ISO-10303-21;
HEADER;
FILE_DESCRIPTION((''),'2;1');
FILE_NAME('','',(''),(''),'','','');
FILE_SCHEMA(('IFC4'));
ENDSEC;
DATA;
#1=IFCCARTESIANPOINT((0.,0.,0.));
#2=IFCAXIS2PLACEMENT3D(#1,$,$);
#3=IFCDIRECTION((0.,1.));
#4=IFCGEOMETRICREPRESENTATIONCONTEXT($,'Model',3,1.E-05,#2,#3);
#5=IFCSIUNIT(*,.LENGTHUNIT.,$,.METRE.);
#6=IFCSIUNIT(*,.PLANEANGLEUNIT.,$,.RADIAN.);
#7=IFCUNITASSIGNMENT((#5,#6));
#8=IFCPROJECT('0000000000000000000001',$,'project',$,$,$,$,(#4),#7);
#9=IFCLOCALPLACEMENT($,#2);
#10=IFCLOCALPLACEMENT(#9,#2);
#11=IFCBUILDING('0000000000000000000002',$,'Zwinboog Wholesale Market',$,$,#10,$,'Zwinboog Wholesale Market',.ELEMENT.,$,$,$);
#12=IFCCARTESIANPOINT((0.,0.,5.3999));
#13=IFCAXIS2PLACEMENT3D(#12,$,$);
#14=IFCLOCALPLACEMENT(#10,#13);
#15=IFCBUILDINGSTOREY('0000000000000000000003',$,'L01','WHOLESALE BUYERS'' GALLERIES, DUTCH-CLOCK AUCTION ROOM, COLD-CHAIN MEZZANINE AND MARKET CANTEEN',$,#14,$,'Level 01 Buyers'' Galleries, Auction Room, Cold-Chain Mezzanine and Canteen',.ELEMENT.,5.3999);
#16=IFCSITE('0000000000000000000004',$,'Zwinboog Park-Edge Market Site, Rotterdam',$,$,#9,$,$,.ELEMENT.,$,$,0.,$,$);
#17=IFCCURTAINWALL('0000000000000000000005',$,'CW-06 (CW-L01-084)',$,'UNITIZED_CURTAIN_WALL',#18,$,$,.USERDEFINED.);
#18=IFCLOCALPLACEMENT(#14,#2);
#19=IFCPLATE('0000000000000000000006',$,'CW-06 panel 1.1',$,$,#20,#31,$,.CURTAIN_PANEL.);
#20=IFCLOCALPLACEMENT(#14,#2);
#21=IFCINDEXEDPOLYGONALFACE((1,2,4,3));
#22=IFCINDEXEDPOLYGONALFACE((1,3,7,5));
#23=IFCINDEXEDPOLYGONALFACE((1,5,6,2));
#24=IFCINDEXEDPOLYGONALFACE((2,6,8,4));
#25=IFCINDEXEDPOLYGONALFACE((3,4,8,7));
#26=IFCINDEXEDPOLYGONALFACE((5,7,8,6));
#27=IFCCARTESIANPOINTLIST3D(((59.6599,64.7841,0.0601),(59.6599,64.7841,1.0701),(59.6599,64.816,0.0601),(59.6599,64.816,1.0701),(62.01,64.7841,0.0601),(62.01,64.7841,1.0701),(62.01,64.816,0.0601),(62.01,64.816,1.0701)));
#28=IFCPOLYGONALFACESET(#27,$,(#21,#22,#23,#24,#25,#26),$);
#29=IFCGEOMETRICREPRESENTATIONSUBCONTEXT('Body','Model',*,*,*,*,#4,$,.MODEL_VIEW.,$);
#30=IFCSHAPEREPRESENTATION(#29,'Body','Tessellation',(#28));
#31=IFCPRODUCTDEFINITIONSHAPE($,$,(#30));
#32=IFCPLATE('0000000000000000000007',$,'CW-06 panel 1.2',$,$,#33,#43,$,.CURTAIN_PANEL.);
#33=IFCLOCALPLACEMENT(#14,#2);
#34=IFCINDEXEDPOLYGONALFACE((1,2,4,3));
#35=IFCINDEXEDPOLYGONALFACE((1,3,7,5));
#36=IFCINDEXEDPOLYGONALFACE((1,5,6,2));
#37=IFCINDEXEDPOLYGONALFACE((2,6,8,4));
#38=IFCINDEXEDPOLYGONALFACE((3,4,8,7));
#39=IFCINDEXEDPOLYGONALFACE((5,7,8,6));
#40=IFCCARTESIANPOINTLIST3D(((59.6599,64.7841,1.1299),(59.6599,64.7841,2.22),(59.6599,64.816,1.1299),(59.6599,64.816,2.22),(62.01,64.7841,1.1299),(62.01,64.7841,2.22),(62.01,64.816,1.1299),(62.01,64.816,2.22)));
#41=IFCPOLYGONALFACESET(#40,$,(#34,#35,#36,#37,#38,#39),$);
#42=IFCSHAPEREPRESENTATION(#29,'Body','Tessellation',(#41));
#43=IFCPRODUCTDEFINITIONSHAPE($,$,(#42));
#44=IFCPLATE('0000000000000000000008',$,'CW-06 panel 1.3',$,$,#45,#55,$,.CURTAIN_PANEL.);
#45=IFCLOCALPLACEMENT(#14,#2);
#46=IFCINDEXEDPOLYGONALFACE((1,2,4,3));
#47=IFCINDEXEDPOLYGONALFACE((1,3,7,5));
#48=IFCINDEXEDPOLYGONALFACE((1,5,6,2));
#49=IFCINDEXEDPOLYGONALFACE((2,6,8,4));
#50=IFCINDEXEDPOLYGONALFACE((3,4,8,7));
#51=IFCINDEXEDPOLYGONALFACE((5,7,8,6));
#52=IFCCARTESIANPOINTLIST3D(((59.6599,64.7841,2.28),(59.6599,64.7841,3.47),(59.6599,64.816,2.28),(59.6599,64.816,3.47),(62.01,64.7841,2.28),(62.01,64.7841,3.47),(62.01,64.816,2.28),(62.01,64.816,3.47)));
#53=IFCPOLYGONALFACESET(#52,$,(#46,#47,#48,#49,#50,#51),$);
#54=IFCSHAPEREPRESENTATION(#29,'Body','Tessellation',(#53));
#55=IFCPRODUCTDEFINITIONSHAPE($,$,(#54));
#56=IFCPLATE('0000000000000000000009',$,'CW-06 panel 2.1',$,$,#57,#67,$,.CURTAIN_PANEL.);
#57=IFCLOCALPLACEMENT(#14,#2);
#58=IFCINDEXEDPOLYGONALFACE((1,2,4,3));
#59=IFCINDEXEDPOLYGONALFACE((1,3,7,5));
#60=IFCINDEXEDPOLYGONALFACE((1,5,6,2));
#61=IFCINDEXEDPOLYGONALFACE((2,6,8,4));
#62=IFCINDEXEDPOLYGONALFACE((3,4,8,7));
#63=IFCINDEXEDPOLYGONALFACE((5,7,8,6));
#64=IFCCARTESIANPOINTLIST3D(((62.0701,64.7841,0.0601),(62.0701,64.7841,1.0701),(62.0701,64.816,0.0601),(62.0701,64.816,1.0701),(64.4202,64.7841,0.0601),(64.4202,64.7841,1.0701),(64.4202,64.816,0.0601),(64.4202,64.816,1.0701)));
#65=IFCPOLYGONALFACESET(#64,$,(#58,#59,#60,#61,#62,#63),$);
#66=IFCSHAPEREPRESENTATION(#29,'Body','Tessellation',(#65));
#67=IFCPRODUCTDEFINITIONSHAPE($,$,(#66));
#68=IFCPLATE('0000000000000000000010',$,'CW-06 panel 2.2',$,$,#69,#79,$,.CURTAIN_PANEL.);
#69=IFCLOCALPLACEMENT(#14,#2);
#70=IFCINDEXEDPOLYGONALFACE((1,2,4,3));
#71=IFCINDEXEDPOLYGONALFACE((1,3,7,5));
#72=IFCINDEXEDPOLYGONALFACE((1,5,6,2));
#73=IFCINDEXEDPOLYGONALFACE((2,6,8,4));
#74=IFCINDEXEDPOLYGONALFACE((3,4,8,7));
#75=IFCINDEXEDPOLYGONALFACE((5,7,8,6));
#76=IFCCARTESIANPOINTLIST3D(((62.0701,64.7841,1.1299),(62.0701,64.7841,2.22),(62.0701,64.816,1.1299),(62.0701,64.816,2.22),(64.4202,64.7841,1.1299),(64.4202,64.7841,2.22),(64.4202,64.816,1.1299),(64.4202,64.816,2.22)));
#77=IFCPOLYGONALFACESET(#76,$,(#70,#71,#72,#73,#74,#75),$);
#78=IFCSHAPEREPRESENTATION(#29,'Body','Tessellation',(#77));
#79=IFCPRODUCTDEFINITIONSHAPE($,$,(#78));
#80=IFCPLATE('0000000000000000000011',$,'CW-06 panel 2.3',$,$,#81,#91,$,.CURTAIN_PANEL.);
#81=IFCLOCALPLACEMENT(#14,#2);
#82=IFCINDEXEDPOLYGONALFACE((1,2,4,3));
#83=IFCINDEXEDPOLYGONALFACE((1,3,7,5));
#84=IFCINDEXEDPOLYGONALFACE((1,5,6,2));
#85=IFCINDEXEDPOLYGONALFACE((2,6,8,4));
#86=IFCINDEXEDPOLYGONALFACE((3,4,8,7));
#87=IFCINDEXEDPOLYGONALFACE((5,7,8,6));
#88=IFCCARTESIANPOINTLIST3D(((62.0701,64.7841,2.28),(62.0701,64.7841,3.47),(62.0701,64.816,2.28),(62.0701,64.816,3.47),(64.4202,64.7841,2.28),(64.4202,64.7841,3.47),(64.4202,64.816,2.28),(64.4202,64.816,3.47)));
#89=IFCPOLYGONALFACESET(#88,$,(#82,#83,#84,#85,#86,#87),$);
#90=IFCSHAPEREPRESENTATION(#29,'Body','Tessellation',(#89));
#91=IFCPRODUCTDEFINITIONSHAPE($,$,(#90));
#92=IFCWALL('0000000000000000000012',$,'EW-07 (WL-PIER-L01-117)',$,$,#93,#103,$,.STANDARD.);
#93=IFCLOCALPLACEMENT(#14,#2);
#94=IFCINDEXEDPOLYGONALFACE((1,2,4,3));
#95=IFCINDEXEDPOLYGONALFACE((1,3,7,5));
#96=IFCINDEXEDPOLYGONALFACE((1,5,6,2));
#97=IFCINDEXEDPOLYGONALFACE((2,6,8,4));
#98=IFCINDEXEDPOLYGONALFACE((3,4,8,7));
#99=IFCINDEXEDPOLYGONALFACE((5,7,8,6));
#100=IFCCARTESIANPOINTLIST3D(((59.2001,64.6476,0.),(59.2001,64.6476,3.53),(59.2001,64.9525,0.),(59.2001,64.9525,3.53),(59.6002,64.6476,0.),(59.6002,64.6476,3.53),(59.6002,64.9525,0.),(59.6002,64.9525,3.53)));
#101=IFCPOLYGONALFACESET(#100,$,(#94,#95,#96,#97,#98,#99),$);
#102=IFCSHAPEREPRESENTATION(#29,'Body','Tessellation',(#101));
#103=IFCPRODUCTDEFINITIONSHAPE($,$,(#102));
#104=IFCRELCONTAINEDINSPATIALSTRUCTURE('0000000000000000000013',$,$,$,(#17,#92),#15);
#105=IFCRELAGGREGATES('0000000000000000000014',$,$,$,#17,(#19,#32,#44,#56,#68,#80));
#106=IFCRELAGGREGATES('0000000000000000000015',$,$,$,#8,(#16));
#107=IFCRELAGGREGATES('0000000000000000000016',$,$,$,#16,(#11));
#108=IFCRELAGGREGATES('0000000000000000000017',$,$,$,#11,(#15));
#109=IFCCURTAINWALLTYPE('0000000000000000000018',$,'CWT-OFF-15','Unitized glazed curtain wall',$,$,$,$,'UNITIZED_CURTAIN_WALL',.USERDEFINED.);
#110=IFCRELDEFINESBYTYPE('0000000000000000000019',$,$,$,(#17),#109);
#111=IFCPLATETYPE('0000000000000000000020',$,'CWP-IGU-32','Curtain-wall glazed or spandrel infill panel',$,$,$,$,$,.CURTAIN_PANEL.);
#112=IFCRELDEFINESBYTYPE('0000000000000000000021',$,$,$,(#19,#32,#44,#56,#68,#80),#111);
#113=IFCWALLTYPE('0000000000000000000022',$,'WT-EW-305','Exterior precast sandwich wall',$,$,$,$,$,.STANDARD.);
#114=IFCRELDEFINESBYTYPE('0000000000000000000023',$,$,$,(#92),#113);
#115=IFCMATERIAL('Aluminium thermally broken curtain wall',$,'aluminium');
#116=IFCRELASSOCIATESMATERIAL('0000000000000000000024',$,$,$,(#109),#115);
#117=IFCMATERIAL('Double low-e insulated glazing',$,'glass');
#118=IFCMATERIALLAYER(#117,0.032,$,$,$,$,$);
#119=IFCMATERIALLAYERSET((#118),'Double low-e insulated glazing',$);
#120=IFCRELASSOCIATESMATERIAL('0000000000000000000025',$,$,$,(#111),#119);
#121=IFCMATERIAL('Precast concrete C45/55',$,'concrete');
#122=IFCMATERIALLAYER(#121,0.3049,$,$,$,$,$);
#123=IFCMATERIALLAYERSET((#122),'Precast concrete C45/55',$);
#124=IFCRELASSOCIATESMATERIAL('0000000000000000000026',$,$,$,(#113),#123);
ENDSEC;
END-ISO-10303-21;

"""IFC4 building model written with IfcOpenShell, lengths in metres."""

from ifc_helpers import new_model, si_unit, direction, frame, frame_2d, origin, origin_2d, place, context, subcontext, project, spatial, rectangle, extrude, material, layer, layer_set, type_object, element, aggregate, save


model = new_model("IFC4")

# Units and contexts
model_context = context("Model", 3, precision=1e-05, world=origin(), true_north=direction((0.0, 1.0)))
body_context = subcontext(model_context, "Body", "Model", "MODEL_VIEW")
ifc_project = project(units=[si_unit("LENGTHUNIT", "METRE"), si_unit("PLANEANGLEUNIT", "RADIAN")], contexts=[model_context])

# Site, building, storey
site_placement = place(None, origin())
site = spatial("IfcSite", under=ifc_project, at=site_placement, Name="Zwinboog Park-Edge Market Site, Rotterdam", CompositionType="ELEMENT", RefElevation=0.0)
building_placement = place(site_placement, origin())
building = spatial("IfcBuilding", under=site, at=building_placement, Name="Zwinboog Wholesale Market", LongName="Zwinboog Wholesale Market", CompositionType="ELEMENT")
storey_placement = place(building_placement, frame((0.0, 0.0, 5.3999)))
storey = spatial("IfcBuildingStorey", under=building, at=storey_placement, Name="L01", Description="WHOLESALE BUYERS' GALLERIES, DUTCH-CLOCK AUCTION ROOM, COLD-CHAIN MEZZANINE AND MARKET CANTEEN", LongName="Level 01 Buyers' Galleries, Auction Room, Cold-Chain Mezzanine and Canteen", CompositionType="ELEMENT", Elevation=5.3999)

# Shared definitions
ifc_material_1 = material(Name="Precast concrete C45/55", Category="concrete")

# Shared definitions
ifc_material_2 = material(Name="Aluminium thermally broken curtain wall", Category="aluminium")

# Curtain wall, plates
curtain_wall_type_1 = type_object("IfcCurtainWallType", Name="CWT-OFF-15", Description="Unitized glazed curtain wall", ElementType="UNITIZED_CURTAIN_WALL", PredefinedType="USERDEFINED", material=ifc_material_2)
curtain_wall_1_placement = place(storey_placement, origin())
curtain_wall_1 = element("IfcCurtainWall", 1, at=curtain_wall_1_placement, inside=storey, type_object=curtain_wall_type_1, Name="CW-06 (CW-L01-084)", ObjectType="UNITIZED_CURTAIN_WALL", PredefinedType="USERDEFINED")
ifc_material_3 = material(Name="Double low-e insulated glazing", Category="glass")
ifc_layer_1 = layer(ifc_material_3, 0.032)
ifc_layer_set_1 = layer_set([ifc_layer_1], Name="Double low-e insulated glazing")
plate_type = type_object("IfcPlateType", Name="CWP-IGU-32", Description="Curtain-wall glazed or spandrel infill panel", PredefinedType="CURTAIN_PANEL", material=ifc_layer_set_1)
plate_1_placement = place(storey_placement, frame((60.835, 64.8, 0.0601), z_axis=(0.0, 0.0, 1.0), x_axis=(1.0, 0.0, 0.0)))
plate_1 = element("IfcPlate", 2, at=plate_1_placement, type_object=plate_type, Name="CW-06 panel 1.1", PredefinedType="CURTAIN_PANEL", context=body_context, shape_type="SweptSolid", body=[
    extrude(rectangle(XDim=2.3501, YDim=0.032, at=origin_2d()), origin(), (0.0, 0.0, 1.0), 1.01),
])
plate_2_placement = place(storey_placement, frame((60.835, 64.8, 1.1299), z_axis=(0.0, 0.0, 1.0), x_axis=(1.0, 0.0, 0.0)))
plate_2 = element("IfcPlate", 3, at=plate_2_placement, type_object=plate_type, Name="CW-06 panel 1.2", PredefinedType="CURTAIN_PANEL", context=body_context, shape_type="SweptSolid", body=[
    extrude(rectangle(XDim=2.3501, YDim=0.032, at=origin_2d()), origin(), (0.0, 0.0, 1.0), 1.0901),
])
plate_3_placement = place(storey_placement, frame((60.835, 64.8, 2.28), z_axis=(0.0, 0.0, 1.0), x_axis=(1.0, 0.0, 0.0)))
plate_3 = element("IfcPlate", 4, at=plate_3_placement, type_object=plate_type, Name="CW-06 panel 1.3", PredefinedType="CURTAIN_PANEL", context=body_context, shape_type="SweptSolid", body=[
    extrude(rectangle(XDim=2.3501, YDim=0.032, at=origin_2d()), origin(), (0.0, 0.0, 1.0), 1.1899),
])
plate_4_placement = place(storey_placement, frame((63.2451, 64.8, 0.0601), z_axis=(0.0, 0.0, 1.0), x_axis=(1.0, 0.0, 0.0)))
plate_4 = element("IfcPlate", 5, at=plate_4_placement, type_object=plate_type, Name="CW-06 panel 2.1", PredefinedType="CURTAIN_PANEL", context=body_context, shape_type="SweptSolid", body=[
    extrude(rectangle(XDim=2.3501, YDim=0.032, at=origin_2d()), origin(), (0.0, 0.0, 1.0), 1.01),
])
plate_5_placement = place(storey_placement, frame((63.2451, 64.8, 1.1299), z_axis=(0.0, 0.0, 1.0), x_axis=(1.0, 0.0, 0.0)))
plate_5 = element("IfcPlate", 6, at=plate_5_placement, type_object=plate_type, Name="CW-06 panel 2.2", PredefinedType="CURTAIN_PANEL", context=body_context, shape_type="SweptSolid", body=[
    extrude(rectangle(XDim=2.3501, YDim=0.032, at=origin_2d()), origin(), (0.0, 0.0, 1.0), 1.0901),
])
plate_6_placement = place(storey_placement, frame((63.2451, 64.8, 2.28), z_axis=(0.0, 0.0, 1.0), x_axis=(1.0, 0.0, 0.0)))
plate_6 = element("IfcPlate", 7, at=plate_6_placement, type_object=plate_type, Name="CW-06 panel 2.3", PredefinedType="CURTAIN_PANEL", context=body_context, shape_type="SweptSolid", body=[
    extrude(rectangle(XDim=2.3501, YDim=0.032, at=origin_2d()), origin(), (0.0, 0.0, 1.0), 1.1899),
])
aggregate(curtain_wall_1, [plate_1, plate_2, plate_3, plate_4, plate_5, plate_6])

# Wall
ifc_layer_2 = layer(ifc_material_1, 0.3049)
ifc_layer_set_2 = layer_set([ifc_layer_2], Name="Precast concrete C45/55")
wall_type = type_object("IfcWallType", Name="WT-EW-305", Description="Exterior precast sandwich wall", PredefinedType="STANDARD", material=ifc_layer_set_2)
wall_placement = place(storey_placement, frame((59.2, 64.8, 0.0), z_axis=(0.0, 0.0, 1.0), x_axis=(1.0, 0.0, 0.0)))
element("IfcWall", 8, at=wall_placement, inside=storey, type_object=wall_type, Name="EW-07 (WL-PIER-L01-117)", PredefinedType="STANDARD", context=body_context, shape_type="SweptSolid", body=[
    extrude(rectangle(XDim=0.4001, YDim=0.3049, at=frame_2d((0.2002, 0.0))), origin(), (0.0, 0.0, 1.0), 3.53),
])

save(model, "model.ifc")
